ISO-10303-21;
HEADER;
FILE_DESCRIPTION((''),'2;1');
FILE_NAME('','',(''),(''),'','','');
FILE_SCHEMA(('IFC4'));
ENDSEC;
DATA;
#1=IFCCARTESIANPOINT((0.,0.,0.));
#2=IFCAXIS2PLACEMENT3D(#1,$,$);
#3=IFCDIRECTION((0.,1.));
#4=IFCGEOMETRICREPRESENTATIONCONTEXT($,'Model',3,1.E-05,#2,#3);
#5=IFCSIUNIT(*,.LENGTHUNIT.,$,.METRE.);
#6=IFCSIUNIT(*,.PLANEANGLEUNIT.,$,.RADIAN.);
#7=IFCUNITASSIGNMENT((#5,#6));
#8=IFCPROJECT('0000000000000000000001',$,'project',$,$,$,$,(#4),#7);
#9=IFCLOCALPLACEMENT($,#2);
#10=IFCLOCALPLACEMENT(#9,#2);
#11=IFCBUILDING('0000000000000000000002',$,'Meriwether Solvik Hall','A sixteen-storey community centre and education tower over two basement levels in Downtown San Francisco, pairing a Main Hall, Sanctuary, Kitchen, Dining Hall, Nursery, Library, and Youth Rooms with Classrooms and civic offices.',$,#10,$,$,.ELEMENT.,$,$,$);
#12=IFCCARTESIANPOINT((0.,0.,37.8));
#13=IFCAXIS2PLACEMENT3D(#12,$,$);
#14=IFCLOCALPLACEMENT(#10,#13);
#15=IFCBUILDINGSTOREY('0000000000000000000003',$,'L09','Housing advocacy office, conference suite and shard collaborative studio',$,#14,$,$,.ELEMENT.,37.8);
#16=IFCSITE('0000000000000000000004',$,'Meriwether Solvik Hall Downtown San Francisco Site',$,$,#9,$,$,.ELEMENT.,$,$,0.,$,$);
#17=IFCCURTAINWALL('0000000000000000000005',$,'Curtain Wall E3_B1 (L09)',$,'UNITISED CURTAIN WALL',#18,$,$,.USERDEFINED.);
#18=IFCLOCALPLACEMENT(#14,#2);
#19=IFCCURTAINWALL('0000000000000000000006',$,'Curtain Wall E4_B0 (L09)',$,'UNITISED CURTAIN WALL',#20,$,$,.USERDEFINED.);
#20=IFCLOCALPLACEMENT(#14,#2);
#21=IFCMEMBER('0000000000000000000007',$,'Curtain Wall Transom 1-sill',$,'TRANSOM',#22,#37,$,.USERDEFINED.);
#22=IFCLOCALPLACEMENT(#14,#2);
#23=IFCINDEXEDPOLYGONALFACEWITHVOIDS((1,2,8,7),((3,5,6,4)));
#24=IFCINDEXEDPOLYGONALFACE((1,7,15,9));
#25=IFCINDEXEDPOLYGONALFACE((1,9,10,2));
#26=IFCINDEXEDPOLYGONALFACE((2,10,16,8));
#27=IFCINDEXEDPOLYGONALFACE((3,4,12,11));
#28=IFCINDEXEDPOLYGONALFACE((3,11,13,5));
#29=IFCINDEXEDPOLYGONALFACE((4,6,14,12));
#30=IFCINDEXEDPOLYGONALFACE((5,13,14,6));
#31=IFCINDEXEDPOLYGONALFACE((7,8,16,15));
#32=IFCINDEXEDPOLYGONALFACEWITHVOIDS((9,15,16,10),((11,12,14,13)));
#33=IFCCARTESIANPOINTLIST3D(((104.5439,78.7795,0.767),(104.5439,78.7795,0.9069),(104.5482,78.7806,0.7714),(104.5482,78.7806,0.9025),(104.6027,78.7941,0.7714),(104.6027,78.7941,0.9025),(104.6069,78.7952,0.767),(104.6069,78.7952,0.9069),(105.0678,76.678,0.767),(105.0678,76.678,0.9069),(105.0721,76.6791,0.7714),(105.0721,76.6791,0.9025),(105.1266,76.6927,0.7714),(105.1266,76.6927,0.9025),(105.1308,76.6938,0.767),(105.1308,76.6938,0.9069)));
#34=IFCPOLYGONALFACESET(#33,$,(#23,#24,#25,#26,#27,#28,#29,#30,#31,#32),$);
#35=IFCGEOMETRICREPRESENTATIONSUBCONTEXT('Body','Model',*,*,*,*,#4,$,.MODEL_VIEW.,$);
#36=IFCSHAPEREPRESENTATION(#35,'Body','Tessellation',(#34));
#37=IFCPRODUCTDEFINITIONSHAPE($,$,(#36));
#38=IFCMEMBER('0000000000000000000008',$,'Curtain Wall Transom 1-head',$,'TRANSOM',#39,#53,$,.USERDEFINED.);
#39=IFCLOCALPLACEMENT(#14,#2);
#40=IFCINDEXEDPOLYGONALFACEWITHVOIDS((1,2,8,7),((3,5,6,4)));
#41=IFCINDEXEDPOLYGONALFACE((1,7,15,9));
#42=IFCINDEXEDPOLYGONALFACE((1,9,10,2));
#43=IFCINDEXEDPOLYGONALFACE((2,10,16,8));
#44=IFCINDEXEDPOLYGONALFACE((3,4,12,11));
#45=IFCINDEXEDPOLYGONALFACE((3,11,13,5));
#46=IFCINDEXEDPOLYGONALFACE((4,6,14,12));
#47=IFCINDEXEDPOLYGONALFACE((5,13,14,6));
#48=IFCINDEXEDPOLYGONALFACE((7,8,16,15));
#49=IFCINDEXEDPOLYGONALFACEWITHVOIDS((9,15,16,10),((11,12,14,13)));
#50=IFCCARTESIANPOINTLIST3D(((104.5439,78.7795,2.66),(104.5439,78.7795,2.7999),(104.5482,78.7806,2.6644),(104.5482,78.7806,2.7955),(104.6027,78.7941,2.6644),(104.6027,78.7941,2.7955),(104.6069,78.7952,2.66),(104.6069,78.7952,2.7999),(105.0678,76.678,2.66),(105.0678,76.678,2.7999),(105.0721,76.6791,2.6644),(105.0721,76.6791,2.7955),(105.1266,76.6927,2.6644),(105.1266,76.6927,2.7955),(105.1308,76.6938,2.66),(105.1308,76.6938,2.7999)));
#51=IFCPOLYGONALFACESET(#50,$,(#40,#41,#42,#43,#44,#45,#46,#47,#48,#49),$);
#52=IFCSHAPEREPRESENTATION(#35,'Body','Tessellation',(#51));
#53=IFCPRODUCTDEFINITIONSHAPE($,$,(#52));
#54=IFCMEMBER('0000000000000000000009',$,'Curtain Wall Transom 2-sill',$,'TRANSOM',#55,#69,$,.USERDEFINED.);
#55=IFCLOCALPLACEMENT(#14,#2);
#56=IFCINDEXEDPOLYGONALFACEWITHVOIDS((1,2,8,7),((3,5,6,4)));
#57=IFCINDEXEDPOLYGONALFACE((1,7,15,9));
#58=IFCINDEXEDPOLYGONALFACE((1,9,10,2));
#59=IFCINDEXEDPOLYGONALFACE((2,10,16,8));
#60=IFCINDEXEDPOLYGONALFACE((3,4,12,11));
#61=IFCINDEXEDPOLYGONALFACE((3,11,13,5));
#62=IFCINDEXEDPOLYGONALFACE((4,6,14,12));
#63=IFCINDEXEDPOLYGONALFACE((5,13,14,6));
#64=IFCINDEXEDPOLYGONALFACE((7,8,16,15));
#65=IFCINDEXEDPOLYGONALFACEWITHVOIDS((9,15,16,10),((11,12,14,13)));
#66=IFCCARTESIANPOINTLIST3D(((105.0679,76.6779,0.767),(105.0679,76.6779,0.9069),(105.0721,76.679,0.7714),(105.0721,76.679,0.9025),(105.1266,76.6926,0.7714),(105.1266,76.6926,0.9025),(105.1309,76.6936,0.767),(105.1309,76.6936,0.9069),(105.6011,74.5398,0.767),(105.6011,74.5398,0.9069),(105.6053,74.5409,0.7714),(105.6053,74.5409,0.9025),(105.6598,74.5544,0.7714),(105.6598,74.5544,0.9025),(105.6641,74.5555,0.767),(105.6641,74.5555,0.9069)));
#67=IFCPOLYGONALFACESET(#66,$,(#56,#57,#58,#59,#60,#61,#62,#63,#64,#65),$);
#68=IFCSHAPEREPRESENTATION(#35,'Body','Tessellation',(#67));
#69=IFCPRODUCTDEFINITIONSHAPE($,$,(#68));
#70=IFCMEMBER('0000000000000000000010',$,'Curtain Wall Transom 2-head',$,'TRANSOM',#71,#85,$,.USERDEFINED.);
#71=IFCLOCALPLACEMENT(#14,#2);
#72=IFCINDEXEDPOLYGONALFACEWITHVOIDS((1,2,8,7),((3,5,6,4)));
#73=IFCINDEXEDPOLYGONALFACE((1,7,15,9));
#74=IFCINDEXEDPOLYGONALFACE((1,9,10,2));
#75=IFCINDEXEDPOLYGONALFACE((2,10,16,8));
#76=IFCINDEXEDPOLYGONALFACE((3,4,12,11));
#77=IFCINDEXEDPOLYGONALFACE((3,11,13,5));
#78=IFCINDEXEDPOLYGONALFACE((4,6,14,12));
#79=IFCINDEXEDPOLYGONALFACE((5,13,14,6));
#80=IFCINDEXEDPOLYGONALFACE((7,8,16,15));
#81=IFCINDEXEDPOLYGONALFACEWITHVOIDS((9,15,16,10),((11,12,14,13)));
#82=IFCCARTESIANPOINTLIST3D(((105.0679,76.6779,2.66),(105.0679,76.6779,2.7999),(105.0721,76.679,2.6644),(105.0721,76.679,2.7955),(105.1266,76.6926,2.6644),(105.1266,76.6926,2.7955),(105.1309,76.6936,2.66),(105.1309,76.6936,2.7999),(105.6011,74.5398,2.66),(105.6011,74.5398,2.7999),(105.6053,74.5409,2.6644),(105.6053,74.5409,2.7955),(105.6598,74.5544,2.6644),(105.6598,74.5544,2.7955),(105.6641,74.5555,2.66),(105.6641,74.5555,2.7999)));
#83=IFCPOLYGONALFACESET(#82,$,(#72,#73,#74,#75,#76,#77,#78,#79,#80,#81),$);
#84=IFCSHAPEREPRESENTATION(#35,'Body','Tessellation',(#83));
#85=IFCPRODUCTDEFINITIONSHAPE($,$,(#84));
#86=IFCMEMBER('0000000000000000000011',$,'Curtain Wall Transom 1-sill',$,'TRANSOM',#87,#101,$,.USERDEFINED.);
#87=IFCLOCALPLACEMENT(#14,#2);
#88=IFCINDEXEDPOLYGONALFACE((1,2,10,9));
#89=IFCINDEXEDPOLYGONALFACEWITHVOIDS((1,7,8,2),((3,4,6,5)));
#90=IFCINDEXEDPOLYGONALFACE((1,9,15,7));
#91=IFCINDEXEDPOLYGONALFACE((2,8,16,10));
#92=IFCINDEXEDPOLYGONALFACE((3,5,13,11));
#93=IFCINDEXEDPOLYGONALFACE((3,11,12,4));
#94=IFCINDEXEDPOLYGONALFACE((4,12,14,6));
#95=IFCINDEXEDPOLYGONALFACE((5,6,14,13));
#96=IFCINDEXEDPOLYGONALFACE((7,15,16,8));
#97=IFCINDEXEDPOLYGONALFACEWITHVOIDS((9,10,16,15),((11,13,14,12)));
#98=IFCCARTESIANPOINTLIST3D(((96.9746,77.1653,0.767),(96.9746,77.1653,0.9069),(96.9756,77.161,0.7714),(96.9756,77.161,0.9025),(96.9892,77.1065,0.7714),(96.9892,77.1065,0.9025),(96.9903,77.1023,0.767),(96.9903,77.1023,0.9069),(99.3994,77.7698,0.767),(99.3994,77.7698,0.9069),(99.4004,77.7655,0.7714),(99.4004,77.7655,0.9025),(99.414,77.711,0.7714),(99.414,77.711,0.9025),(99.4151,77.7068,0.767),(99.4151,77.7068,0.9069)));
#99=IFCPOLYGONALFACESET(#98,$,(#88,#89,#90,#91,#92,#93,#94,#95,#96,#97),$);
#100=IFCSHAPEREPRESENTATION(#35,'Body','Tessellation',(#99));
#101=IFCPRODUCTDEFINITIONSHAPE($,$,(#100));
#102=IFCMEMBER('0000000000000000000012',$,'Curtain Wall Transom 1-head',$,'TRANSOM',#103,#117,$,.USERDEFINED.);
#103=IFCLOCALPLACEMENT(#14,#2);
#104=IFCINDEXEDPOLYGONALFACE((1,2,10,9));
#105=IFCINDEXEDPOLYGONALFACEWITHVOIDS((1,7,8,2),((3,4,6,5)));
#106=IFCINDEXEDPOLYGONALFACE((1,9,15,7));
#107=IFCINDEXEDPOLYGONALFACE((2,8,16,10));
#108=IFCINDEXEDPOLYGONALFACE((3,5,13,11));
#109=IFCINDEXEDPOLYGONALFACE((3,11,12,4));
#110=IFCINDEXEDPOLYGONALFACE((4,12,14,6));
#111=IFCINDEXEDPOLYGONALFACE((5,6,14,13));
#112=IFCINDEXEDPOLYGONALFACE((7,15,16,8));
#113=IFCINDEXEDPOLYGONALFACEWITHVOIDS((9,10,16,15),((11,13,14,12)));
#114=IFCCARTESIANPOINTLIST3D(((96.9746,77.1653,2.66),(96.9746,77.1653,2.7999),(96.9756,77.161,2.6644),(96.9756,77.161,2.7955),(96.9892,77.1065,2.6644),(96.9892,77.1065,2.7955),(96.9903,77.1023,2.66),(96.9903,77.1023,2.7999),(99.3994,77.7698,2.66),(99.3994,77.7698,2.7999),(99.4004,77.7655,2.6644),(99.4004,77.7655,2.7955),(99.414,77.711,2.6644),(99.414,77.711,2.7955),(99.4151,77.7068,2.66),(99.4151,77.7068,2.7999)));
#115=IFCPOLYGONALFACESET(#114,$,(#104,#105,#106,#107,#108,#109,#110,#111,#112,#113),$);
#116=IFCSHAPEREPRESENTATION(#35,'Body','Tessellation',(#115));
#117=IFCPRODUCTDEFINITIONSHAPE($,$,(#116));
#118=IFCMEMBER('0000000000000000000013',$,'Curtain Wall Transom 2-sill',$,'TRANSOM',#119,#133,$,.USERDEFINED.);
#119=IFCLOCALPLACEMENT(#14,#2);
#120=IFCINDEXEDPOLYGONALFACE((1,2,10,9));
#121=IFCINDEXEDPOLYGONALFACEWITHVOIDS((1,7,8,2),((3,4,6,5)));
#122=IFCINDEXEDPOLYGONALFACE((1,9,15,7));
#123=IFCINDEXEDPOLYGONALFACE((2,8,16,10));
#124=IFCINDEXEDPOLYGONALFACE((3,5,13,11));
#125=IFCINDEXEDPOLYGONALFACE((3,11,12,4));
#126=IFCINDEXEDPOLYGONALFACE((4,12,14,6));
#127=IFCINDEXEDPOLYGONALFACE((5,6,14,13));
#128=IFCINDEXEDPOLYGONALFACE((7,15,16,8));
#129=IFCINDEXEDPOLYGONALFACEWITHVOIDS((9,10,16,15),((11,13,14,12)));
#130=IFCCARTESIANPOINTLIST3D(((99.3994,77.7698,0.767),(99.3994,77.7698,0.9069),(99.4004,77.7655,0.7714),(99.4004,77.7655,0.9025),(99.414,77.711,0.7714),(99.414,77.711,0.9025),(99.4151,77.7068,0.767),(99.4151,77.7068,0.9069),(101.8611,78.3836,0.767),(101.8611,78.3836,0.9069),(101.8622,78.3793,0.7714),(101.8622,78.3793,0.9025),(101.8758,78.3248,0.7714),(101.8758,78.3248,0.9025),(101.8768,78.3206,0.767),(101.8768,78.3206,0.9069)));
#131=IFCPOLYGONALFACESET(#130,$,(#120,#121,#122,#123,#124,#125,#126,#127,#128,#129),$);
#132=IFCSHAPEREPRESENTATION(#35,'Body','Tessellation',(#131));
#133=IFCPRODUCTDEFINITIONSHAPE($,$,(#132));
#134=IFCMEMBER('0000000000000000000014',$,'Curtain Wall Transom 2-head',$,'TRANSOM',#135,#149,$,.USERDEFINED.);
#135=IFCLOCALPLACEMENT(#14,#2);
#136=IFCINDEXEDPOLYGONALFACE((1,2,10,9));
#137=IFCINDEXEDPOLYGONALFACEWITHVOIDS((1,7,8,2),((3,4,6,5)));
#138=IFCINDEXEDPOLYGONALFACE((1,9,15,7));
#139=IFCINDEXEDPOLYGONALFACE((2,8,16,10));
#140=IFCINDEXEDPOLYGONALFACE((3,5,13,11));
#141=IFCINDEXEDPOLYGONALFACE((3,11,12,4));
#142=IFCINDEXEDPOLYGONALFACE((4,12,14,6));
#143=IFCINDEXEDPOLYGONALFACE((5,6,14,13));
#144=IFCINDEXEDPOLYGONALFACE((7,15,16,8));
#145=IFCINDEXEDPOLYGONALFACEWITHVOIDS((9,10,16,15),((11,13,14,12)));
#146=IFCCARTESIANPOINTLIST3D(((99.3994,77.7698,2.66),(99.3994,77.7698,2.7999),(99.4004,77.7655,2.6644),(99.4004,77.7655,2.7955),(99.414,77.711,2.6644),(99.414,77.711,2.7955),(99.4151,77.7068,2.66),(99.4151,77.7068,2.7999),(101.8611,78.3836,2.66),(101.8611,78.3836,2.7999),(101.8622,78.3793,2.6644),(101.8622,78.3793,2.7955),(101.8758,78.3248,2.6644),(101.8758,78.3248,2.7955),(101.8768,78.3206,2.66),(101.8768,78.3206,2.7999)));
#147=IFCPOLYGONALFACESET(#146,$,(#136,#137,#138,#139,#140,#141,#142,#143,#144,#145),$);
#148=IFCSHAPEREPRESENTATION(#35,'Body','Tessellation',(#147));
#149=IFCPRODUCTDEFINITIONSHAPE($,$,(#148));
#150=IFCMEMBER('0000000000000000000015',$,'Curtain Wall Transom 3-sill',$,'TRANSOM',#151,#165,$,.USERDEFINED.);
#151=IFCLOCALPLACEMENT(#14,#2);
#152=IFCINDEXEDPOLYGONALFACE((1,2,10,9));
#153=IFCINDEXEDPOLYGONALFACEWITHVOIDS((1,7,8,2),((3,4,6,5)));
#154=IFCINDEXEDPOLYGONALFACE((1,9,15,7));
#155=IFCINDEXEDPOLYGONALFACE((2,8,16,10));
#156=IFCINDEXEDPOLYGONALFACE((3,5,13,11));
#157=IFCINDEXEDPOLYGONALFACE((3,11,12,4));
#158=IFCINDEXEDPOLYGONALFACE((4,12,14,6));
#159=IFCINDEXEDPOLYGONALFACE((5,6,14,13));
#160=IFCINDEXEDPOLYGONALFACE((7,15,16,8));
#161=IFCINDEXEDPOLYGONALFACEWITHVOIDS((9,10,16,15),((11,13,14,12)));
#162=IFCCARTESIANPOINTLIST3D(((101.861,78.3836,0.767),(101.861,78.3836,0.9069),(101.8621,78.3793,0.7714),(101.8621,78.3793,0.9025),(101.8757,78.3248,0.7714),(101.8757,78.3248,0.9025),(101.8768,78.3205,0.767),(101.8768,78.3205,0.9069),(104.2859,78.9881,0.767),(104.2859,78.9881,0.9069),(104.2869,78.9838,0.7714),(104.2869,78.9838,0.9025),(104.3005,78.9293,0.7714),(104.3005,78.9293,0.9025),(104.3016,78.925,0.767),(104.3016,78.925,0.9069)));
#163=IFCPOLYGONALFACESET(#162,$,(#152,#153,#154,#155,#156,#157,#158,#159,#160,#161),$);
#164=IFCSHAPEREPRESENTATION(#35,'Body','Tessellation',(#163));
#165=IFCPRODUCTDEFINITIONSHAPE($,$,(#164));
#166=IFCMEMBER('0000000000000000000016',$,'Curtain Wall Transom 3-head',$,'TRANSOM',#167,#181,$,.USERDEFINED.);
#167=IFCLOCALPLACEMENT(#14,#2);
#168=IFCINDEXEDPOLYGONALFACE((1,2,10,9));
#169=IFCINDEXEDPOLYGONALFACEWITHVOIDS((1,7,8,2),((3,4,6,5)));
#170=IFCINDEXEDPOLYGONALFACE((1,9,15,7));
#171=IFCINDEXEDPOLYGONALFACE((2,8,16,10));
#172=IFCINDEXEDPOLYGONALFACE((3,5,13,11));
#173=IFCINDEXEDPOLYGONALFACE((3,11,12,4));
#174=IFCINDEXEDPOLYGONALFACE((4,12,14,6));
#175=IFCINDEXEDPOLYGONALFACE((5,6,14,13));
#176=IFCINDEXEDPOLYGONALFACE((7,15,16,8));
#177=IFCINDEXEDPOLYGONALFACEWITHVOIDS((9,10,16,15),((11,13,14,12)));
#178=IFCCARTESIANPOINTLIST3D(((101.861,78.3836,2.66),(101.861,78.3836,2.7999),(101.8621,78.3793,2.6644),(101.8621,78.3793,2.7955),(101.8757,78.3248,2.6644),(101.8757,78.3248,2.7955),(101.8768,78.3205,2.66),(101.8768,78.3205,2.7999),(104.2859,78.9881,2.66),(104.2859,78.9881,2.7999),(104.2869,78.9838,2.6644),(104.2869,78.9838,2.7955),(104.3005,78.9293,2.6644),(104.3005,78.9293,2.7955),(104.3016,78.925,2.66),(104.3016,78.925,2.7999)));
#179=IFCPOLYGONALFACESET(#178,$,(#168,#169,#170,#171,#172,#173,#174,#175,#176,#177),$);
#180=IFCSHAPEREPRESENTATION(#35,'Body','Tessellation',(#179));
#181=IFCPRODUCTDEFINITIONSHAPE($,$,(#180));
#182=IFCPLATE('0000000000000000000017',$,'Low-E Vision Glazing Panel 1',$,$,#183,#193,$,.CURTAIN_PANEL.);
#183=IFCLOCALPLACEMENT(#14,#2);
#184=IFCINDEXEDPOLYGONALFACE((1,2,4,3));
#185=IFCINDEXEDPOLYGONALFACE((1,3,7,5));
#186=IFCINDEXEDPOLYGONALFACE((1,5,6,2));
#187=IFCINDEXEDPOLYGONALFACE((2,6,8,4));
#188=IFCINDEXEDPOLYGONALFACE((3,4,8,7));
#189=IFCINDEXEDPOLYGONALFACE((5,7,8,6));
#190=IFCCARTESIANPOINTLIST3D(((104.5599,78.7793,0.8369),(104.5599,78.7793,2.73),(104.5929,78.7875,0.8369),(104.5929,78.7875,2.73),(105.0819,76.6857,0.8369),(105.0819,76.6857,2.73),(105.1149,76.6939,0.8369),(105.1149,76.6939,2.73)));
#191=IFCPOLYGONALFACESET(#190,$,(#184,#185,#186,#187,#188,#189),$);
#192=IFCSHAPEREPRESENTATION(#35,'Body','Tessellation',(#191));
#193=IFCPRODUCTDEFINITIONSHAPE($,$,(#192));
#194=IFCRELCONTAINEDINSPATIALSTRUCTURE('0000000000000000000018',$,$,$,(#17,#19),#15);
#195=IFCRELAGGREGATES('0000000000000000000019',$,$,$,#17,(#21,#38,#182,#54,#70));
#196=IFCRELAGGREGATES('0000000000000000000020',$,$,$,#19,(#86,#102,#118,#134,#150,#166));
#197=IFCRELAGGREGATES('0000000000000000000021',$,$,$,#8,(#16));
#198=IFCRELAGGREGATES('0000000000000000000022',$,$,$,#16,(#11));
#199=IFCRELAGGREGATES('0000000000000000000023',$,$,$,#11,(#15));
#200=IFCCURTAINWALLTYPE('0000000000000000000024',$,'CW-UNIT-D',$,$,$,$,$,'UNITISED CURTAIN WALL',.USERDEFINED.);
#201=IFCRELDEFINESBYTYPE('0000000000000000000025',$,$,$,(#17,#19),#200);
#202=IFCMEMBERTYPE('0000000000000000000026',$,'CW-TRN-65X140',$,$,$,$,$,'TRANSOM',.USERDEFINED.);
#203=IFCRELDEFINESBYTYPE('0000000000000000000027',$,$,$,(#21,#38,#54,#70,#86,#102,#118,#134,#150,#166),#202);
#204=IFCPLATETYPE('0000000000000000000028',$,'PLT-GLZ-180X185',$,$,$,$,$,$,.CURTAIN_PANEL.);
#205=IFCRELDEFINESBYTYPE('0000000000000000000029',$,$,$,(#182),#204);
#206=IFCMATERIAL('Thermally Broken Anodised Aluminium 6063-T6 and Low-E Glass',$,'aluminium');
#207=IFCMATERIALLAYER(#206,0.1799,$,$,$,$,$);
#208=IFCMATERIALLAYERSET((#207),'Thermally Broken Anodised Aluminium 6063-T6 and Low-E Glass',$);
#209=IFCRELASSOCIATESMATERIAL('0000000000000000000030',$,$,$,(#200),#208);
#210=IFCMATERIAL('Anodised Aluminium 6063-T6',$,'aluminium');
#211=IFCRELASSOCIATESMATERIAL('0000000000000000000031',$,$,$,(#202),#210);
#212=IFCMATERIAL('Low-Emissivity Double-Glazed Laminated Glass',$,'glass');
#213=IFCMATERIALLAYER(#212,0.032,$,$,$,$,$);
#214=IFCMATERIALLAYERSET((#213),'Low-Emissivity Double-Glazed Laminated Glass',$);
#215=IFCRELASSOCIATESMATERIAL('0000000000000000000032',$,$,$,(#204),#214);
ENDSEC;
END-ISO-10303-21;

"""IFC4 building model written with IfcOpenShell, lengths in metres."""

from ifc_helpers import new_model, si_unit, direction, frame, origin, origin_2d, place, context, subcontext, project, spatial, rectangle, hollow_rectangle, extrude, material, layer, layer_set, material_profile, profile_set, type_object, element, aggregate, save


model = new_model("IFC4")

# Units and contexts
model_context = context("Model", 3, precision=1e-05, world=origin(), true_north=direction((0.0, 1.0)))
body_context = subcontext(model_context, "Body", "Model", "MODEL_VIEW")
ifc_project = project(units=[si_unit("LENGTHUNIT", "METRE"), si_unit("PLANEANGLEUNIT", "RADIAN")], contexts=[model_context])

# Site, building, storey
site_placement = place(None, origin())
site = spatial("IfcSite", under=ifc_project, at=site_placement, Name="Meriwether Solvik Hall Downtown San Francisco Site", CompositionType="ELEMENT", RefElevation=0.0)
building_placement = place(site_placement, origin())
building = spatial("IfcBuilding", under=site, at=building_placement, Name="Meriwether Solvik Hall", Description="A sixteen-storey community centre and education tower over two basement levels in Downtown San Francisco, pairing a Main Hall, Sanctuary, Kitchen, Dining Hall, Nursery, Library, and Youth Rooms with Classrooms and civic offices.", CompositionType="ELEMENT")
storey_placement = place(building_placement, frame((0.0, 0.0, 37.8)))
storey = spatial("IfcBuildingStorey", under=building, at=storey_placement, Name="L09", Description="Housing advocacy office, conference suite and shard collaborative studio", CompositionType="ELEMENT", Elevation=37.8)

# Curtain walls
ifc_material_1 = material(Name="Thermally Broken Anodised Aluminium 6063-T6 and Low-E Glass", Category="aluminium")
ifc_layer_1 = layer(ifc_material_1, 0.1799)
ifc_layer_set_1 = layer_set([ifc_layer_1], Name="Thermally Broken Anodised Aluminium 6063-T6 and Low-E Glass")
curtain_wall_type_1 = type_object("IfcCurtainWallType", Name="CW-UNIT-D", ElementType="UNITISED CURTAIN WALL", PredefinedType="USERDEFINED", material=ifc_layer_set_1)
curtain_wall_1_placement = place(storey_placement, origin())
curtain_wall_1 = element("IfcCurtainWall", 1, at=curtain_wall_1_placement, inside=storey, type_object=curtain_wall_type_1, Name="Curtain Wall E3_B1 (L09)", ObjectType="UNITISED CURTAIN WALL", PredefinedType="USERDEFINED")
curtain_wall_2_placement = place(storey_placement, origin())
curtain_wall_2 = element("IfcCurtainWall", 2, at=curtain_wall_2_placement, inside=storey, type_object=curtain_wall_type_1, Name="Curtain Wall E4_B0 (L09)", ObjectType="UNITISED CURTAIN WALL", PredefinedType="USERDEFINED")

# Members
ifc_material_2 = material(Name="Anodised Aluminium 6063-T6", Category="aluminium")
ifc_material_profile_1 = material_profile(ifc_material_2, hollow_rectangle(XDim=0.0649, YDim=0.1399, WallThickness=0.0044, at=origin_2d()), Name="CWT-65X140")
ifc_profile_set_1 = profile_set([ifc_material_profile_1], Name="Anodised Aluminium 6063-T6")
member_type_1 = type_object("IfcMemberType", Name="CW-TRN-65X140", ElementType="TRANSOM", PredefinedType="USERDEFINED", material=ifc_profile_set_1)
member_1_placement = place(storey_placement, frame((104.5754, 78.7874, 0.8369), z_axis=(0.241899, -0.970301, 0.0), x_axis=(0.970301, 0.241899, 0.0)))
member_1 = element("IfcMember", 3, at=member_1_placement, type_object=member_type_1, Name="Curtain Wall Transom 1-sill", ObjectType="TRANSOM", PredefinedType="USERDEFINED", context=body_context, shape_type="SweptSolid", body=[
    extrude(hollow_rectangle(XDim=0.0649, YDim=0.1399, WallThickness=0.0044, at=origin_2d()), origin(), (0.0, 0.0, 1.0), 2.1658),
])
member_2_placement = place(storey_placement, frame((104.5754, 78.7874, 2.73), z_axis=(0.241899, -0.970301, 0.0), x_axis=(0.970301, 0.241899, 0.0)))
member_2 = element("IfcMember", 4, at=member_2_placement, type_object=member_type_1, Name="Curtain Wall Transom 1-head", ObjectType="TRANSOM", PredefinedType="USERDEFINED", context=body_context, shape_type="SweptSolid", body=[
    extrude(hollow_rectangle(XDim=0.0649, YDim=0.1399, WallThickness=0.0044, at=origin_2d()), origin(), (0.0, 0.0, 1.0), 2.1658),
])
member_3_placement = place(storey_placement, frame((105.0994, 76.6858, 0.8369), z_axis=(0.241962, -0.970286, 0.0), x_axis=(0.970286, 0.241962, 0.0)))
member_3 = element("IfcMember", 5, at=member_3_placement, type_object=member_type_1, Name="Curtain Wall Transom 2-sill", ObjectType="TRANSOM", PredefinedType="USERDEFINED", context=body_context, shape_type="SweptSolid", body=[
    extrude(hollow_rectangle(XDim=0.0649, YDim=0.1399, WallThickness=0.0044, at=origin_2d()), origin(), (0.0, 0.0, 1.0), 2.2036),
])
member_4_placement = place(storey_placement, frame((105.0994, 76.6858, 2.73), z_axis=(0.241962, -0.970286, 0.0), x_axis=(0.970286, 0.241962, 0.0)))
member_4 = element("IfcMember", 6, at=member_4_placement, type_object=member_type_1, Name="Curtain Wall Transom 2-head", ObjectType="TRANSOM", PredefinedType="USERDEFINED", context=body_context, shape_type="SweptSolid", body=[
    extrude(hollow_rectangle(XDim=0.0649, YDim=0.1399, WallThickness=0.0044, at=origin_2d()), origin(), (0.0, 0.0, 1.0), 2.2036),
])
member_5_placement = place(storey_placement, frame((96.9824, 77.1338, 0.8369), z_axis=(0.970303, 0.241892, 0.0), x_axis=(-0.241892, 0.970303, 0.0)))
member_5 = element("IfcMember", 7, at=member_5_placement, type_object=member_type_1, Name="Curtain Wall Transom 1-sill", ObjectType="TRANSOM", PredefinedType="USERDEFINED", context=body_context, shape_type="SweptSolid", body=[
    extrude(hollow_rectangle(XDim=0.0649, YDim=0.1399, WallThickness=0.0044, at=origin_2d()), origin(), (0.0, 0.0, 1.0), 2.499),
])
member_6_placement = place(storey_placement, frame((96.9824, 77.1338, 2.73), z_axis=(0.970303, 0.241892, 0.0), x_axis=(-0.241892, 0.970303, 0.0)))
member_6 = element("IfcMember", 8, at=member_6_placement, type_object=member_type_1, Name="Curtain Wall Transom 1-head", ObjectType="TRANSOM", PredefinedType="USERDEFINED", context=body_context, shape_type="SweptSolid", body=[
    extrude(hollow_rectangle(XDim=0.0649, YDim=0.1399, WallThickness=0.0044, at=origin_2d()), origin(), (0.0, 0.0, 1.0), 2.499),
])
member_7_placement = place(storey_placement, frame((99.4072, 77.7383, 0.8369), z_axis=(0.970295, 0.241924, 0.0), x_axis=(-0.241924, 0.970295, 0.0)))
member_7 = element("IfcMember", 9, at=member_7_placement, type_object=member_type_1, Name="Curtain Wall Transom 2-sill", ObjectType="TRANSOM", PredefinedType="USERDEFINED", context=body_context, shape_type="SweptSolid", body=[
    extrude(hollow_rectangle(XDim=0.0649, YDim=0.1399, WallThickness=0.0044, at=origin_2d()), origin(), (0.0, 0.0, 1.0), 2.5371),
])
member_8_placement = place(storey_placement, frame((99.4072, 77.7383, 2.73), z_axis=(0.970295, 0.241924, 0.0), x_axis=(-0.241924, 0.970295, 0.0)))
member_8 = element("IfcMember", 10, at=member_8_placement, type_object=member_type_1, Name="Curtain Wall Transom 2-head", ObjectType="TRANSOM", PredefinedType="USERDEFINED", context=body_context, shape_type="SweptSolid", body=[
    extrude(hollow_rectangle(XDim=0.0649, YDim=0.1399, WallThickness=0.0044, at=origin_2d()), origin(), (0.0, 0.0, 1.0), 2.5371),
])
member_9_placement = place(storey_placement, frame((101.8689, 78.3521, 0.8369), z_axis=(0.970303, 0.241892, 0.0), x_axis=(-0.241892, 0.970303, 0.0)))
member_9 = element("IfcMember", 11, at=member_9_placement, type_object=member_type_1, Name="Curtain Wall Transom 3-sill", ObjectType="TRANSOM", PredefinedType="USERDEFINED", context=body_context, shape_type="SweptSolid", body=[
    extrude(hollow_rectangle(XDim=0.0649, YDim=0.1399, WallThickness=0.0044, at=origin_2d()), origin(), (0.0, 0.0, 1.0), 2.499),
])
member_10_placement = place(storey_placement, frame((101.8689, 78.3521, 2.73), z_axis=(0.970303, 0.241892, 0.0), x_axis=(-0.241892, 0.970303, 0.0)))
member_10 = element("IfcMember", 12, at=member_10_placement, type_object=member_type_1, Name="Curtain Wall Transom 3-head", ObjectType="TRANSOM", PredefinedType="USERDEFINED", context=body_context, shape_type="SweptSolid", body=[
    extrude(hollow_rectangle(XDim=0.0649, YDim=0.1399, WallThickness=0.0044, at=origin_2d()), origin(), (0.0, 0.0, 1.0), 2.499),
])

# Plate
ifc_material_3 = material(Name="Low-Emissivity Double-Glazed Laminated Glass", Category="glass")
ifc_layer_2 = layer(ifc_material_3, 0.032)
ifc_layer_set_2 = layer_set([ifc_layer_2], Name="Low-Emissivity Double-Glazed Laminated Glass")
plate_type_1 = type_object("IfcPlateType", Name="PLT-GLZ-180X185", PredefinedType="CURTAIN_PANEL", material=ifc_layer_set_2)
plate_1_placement = place(storey_placement, frame((104.8374, 77.7366, 0.8369), z_axis=(0.0, 0.0, 1.0), x_axis=(0.241922, -0.970296, 0.0)))
plate_1 = element("IfcPlate", 13, at=plate_1_placement, type_object=plate_type_1, Name="Low-E Vision Glazing Panel 1", PredefinedType="CURTAIN_PANEL", context=body_context, shape_type="SweptSolid", body=[
    extrude(rectangle(XDim=2.1577, YDim=0.0339, at=origin_2d()), origin(), (0.0, 0.0, 1.0), 1.8931),
])
aggregate(curtain_wall_1, [member_1, member_2, plate_1, member_3, member_4])
aggregate(curtain_wall_2, [member_5, member_6, member_7, member_8, member_9, member_10])

save(model, "model.ifc")
